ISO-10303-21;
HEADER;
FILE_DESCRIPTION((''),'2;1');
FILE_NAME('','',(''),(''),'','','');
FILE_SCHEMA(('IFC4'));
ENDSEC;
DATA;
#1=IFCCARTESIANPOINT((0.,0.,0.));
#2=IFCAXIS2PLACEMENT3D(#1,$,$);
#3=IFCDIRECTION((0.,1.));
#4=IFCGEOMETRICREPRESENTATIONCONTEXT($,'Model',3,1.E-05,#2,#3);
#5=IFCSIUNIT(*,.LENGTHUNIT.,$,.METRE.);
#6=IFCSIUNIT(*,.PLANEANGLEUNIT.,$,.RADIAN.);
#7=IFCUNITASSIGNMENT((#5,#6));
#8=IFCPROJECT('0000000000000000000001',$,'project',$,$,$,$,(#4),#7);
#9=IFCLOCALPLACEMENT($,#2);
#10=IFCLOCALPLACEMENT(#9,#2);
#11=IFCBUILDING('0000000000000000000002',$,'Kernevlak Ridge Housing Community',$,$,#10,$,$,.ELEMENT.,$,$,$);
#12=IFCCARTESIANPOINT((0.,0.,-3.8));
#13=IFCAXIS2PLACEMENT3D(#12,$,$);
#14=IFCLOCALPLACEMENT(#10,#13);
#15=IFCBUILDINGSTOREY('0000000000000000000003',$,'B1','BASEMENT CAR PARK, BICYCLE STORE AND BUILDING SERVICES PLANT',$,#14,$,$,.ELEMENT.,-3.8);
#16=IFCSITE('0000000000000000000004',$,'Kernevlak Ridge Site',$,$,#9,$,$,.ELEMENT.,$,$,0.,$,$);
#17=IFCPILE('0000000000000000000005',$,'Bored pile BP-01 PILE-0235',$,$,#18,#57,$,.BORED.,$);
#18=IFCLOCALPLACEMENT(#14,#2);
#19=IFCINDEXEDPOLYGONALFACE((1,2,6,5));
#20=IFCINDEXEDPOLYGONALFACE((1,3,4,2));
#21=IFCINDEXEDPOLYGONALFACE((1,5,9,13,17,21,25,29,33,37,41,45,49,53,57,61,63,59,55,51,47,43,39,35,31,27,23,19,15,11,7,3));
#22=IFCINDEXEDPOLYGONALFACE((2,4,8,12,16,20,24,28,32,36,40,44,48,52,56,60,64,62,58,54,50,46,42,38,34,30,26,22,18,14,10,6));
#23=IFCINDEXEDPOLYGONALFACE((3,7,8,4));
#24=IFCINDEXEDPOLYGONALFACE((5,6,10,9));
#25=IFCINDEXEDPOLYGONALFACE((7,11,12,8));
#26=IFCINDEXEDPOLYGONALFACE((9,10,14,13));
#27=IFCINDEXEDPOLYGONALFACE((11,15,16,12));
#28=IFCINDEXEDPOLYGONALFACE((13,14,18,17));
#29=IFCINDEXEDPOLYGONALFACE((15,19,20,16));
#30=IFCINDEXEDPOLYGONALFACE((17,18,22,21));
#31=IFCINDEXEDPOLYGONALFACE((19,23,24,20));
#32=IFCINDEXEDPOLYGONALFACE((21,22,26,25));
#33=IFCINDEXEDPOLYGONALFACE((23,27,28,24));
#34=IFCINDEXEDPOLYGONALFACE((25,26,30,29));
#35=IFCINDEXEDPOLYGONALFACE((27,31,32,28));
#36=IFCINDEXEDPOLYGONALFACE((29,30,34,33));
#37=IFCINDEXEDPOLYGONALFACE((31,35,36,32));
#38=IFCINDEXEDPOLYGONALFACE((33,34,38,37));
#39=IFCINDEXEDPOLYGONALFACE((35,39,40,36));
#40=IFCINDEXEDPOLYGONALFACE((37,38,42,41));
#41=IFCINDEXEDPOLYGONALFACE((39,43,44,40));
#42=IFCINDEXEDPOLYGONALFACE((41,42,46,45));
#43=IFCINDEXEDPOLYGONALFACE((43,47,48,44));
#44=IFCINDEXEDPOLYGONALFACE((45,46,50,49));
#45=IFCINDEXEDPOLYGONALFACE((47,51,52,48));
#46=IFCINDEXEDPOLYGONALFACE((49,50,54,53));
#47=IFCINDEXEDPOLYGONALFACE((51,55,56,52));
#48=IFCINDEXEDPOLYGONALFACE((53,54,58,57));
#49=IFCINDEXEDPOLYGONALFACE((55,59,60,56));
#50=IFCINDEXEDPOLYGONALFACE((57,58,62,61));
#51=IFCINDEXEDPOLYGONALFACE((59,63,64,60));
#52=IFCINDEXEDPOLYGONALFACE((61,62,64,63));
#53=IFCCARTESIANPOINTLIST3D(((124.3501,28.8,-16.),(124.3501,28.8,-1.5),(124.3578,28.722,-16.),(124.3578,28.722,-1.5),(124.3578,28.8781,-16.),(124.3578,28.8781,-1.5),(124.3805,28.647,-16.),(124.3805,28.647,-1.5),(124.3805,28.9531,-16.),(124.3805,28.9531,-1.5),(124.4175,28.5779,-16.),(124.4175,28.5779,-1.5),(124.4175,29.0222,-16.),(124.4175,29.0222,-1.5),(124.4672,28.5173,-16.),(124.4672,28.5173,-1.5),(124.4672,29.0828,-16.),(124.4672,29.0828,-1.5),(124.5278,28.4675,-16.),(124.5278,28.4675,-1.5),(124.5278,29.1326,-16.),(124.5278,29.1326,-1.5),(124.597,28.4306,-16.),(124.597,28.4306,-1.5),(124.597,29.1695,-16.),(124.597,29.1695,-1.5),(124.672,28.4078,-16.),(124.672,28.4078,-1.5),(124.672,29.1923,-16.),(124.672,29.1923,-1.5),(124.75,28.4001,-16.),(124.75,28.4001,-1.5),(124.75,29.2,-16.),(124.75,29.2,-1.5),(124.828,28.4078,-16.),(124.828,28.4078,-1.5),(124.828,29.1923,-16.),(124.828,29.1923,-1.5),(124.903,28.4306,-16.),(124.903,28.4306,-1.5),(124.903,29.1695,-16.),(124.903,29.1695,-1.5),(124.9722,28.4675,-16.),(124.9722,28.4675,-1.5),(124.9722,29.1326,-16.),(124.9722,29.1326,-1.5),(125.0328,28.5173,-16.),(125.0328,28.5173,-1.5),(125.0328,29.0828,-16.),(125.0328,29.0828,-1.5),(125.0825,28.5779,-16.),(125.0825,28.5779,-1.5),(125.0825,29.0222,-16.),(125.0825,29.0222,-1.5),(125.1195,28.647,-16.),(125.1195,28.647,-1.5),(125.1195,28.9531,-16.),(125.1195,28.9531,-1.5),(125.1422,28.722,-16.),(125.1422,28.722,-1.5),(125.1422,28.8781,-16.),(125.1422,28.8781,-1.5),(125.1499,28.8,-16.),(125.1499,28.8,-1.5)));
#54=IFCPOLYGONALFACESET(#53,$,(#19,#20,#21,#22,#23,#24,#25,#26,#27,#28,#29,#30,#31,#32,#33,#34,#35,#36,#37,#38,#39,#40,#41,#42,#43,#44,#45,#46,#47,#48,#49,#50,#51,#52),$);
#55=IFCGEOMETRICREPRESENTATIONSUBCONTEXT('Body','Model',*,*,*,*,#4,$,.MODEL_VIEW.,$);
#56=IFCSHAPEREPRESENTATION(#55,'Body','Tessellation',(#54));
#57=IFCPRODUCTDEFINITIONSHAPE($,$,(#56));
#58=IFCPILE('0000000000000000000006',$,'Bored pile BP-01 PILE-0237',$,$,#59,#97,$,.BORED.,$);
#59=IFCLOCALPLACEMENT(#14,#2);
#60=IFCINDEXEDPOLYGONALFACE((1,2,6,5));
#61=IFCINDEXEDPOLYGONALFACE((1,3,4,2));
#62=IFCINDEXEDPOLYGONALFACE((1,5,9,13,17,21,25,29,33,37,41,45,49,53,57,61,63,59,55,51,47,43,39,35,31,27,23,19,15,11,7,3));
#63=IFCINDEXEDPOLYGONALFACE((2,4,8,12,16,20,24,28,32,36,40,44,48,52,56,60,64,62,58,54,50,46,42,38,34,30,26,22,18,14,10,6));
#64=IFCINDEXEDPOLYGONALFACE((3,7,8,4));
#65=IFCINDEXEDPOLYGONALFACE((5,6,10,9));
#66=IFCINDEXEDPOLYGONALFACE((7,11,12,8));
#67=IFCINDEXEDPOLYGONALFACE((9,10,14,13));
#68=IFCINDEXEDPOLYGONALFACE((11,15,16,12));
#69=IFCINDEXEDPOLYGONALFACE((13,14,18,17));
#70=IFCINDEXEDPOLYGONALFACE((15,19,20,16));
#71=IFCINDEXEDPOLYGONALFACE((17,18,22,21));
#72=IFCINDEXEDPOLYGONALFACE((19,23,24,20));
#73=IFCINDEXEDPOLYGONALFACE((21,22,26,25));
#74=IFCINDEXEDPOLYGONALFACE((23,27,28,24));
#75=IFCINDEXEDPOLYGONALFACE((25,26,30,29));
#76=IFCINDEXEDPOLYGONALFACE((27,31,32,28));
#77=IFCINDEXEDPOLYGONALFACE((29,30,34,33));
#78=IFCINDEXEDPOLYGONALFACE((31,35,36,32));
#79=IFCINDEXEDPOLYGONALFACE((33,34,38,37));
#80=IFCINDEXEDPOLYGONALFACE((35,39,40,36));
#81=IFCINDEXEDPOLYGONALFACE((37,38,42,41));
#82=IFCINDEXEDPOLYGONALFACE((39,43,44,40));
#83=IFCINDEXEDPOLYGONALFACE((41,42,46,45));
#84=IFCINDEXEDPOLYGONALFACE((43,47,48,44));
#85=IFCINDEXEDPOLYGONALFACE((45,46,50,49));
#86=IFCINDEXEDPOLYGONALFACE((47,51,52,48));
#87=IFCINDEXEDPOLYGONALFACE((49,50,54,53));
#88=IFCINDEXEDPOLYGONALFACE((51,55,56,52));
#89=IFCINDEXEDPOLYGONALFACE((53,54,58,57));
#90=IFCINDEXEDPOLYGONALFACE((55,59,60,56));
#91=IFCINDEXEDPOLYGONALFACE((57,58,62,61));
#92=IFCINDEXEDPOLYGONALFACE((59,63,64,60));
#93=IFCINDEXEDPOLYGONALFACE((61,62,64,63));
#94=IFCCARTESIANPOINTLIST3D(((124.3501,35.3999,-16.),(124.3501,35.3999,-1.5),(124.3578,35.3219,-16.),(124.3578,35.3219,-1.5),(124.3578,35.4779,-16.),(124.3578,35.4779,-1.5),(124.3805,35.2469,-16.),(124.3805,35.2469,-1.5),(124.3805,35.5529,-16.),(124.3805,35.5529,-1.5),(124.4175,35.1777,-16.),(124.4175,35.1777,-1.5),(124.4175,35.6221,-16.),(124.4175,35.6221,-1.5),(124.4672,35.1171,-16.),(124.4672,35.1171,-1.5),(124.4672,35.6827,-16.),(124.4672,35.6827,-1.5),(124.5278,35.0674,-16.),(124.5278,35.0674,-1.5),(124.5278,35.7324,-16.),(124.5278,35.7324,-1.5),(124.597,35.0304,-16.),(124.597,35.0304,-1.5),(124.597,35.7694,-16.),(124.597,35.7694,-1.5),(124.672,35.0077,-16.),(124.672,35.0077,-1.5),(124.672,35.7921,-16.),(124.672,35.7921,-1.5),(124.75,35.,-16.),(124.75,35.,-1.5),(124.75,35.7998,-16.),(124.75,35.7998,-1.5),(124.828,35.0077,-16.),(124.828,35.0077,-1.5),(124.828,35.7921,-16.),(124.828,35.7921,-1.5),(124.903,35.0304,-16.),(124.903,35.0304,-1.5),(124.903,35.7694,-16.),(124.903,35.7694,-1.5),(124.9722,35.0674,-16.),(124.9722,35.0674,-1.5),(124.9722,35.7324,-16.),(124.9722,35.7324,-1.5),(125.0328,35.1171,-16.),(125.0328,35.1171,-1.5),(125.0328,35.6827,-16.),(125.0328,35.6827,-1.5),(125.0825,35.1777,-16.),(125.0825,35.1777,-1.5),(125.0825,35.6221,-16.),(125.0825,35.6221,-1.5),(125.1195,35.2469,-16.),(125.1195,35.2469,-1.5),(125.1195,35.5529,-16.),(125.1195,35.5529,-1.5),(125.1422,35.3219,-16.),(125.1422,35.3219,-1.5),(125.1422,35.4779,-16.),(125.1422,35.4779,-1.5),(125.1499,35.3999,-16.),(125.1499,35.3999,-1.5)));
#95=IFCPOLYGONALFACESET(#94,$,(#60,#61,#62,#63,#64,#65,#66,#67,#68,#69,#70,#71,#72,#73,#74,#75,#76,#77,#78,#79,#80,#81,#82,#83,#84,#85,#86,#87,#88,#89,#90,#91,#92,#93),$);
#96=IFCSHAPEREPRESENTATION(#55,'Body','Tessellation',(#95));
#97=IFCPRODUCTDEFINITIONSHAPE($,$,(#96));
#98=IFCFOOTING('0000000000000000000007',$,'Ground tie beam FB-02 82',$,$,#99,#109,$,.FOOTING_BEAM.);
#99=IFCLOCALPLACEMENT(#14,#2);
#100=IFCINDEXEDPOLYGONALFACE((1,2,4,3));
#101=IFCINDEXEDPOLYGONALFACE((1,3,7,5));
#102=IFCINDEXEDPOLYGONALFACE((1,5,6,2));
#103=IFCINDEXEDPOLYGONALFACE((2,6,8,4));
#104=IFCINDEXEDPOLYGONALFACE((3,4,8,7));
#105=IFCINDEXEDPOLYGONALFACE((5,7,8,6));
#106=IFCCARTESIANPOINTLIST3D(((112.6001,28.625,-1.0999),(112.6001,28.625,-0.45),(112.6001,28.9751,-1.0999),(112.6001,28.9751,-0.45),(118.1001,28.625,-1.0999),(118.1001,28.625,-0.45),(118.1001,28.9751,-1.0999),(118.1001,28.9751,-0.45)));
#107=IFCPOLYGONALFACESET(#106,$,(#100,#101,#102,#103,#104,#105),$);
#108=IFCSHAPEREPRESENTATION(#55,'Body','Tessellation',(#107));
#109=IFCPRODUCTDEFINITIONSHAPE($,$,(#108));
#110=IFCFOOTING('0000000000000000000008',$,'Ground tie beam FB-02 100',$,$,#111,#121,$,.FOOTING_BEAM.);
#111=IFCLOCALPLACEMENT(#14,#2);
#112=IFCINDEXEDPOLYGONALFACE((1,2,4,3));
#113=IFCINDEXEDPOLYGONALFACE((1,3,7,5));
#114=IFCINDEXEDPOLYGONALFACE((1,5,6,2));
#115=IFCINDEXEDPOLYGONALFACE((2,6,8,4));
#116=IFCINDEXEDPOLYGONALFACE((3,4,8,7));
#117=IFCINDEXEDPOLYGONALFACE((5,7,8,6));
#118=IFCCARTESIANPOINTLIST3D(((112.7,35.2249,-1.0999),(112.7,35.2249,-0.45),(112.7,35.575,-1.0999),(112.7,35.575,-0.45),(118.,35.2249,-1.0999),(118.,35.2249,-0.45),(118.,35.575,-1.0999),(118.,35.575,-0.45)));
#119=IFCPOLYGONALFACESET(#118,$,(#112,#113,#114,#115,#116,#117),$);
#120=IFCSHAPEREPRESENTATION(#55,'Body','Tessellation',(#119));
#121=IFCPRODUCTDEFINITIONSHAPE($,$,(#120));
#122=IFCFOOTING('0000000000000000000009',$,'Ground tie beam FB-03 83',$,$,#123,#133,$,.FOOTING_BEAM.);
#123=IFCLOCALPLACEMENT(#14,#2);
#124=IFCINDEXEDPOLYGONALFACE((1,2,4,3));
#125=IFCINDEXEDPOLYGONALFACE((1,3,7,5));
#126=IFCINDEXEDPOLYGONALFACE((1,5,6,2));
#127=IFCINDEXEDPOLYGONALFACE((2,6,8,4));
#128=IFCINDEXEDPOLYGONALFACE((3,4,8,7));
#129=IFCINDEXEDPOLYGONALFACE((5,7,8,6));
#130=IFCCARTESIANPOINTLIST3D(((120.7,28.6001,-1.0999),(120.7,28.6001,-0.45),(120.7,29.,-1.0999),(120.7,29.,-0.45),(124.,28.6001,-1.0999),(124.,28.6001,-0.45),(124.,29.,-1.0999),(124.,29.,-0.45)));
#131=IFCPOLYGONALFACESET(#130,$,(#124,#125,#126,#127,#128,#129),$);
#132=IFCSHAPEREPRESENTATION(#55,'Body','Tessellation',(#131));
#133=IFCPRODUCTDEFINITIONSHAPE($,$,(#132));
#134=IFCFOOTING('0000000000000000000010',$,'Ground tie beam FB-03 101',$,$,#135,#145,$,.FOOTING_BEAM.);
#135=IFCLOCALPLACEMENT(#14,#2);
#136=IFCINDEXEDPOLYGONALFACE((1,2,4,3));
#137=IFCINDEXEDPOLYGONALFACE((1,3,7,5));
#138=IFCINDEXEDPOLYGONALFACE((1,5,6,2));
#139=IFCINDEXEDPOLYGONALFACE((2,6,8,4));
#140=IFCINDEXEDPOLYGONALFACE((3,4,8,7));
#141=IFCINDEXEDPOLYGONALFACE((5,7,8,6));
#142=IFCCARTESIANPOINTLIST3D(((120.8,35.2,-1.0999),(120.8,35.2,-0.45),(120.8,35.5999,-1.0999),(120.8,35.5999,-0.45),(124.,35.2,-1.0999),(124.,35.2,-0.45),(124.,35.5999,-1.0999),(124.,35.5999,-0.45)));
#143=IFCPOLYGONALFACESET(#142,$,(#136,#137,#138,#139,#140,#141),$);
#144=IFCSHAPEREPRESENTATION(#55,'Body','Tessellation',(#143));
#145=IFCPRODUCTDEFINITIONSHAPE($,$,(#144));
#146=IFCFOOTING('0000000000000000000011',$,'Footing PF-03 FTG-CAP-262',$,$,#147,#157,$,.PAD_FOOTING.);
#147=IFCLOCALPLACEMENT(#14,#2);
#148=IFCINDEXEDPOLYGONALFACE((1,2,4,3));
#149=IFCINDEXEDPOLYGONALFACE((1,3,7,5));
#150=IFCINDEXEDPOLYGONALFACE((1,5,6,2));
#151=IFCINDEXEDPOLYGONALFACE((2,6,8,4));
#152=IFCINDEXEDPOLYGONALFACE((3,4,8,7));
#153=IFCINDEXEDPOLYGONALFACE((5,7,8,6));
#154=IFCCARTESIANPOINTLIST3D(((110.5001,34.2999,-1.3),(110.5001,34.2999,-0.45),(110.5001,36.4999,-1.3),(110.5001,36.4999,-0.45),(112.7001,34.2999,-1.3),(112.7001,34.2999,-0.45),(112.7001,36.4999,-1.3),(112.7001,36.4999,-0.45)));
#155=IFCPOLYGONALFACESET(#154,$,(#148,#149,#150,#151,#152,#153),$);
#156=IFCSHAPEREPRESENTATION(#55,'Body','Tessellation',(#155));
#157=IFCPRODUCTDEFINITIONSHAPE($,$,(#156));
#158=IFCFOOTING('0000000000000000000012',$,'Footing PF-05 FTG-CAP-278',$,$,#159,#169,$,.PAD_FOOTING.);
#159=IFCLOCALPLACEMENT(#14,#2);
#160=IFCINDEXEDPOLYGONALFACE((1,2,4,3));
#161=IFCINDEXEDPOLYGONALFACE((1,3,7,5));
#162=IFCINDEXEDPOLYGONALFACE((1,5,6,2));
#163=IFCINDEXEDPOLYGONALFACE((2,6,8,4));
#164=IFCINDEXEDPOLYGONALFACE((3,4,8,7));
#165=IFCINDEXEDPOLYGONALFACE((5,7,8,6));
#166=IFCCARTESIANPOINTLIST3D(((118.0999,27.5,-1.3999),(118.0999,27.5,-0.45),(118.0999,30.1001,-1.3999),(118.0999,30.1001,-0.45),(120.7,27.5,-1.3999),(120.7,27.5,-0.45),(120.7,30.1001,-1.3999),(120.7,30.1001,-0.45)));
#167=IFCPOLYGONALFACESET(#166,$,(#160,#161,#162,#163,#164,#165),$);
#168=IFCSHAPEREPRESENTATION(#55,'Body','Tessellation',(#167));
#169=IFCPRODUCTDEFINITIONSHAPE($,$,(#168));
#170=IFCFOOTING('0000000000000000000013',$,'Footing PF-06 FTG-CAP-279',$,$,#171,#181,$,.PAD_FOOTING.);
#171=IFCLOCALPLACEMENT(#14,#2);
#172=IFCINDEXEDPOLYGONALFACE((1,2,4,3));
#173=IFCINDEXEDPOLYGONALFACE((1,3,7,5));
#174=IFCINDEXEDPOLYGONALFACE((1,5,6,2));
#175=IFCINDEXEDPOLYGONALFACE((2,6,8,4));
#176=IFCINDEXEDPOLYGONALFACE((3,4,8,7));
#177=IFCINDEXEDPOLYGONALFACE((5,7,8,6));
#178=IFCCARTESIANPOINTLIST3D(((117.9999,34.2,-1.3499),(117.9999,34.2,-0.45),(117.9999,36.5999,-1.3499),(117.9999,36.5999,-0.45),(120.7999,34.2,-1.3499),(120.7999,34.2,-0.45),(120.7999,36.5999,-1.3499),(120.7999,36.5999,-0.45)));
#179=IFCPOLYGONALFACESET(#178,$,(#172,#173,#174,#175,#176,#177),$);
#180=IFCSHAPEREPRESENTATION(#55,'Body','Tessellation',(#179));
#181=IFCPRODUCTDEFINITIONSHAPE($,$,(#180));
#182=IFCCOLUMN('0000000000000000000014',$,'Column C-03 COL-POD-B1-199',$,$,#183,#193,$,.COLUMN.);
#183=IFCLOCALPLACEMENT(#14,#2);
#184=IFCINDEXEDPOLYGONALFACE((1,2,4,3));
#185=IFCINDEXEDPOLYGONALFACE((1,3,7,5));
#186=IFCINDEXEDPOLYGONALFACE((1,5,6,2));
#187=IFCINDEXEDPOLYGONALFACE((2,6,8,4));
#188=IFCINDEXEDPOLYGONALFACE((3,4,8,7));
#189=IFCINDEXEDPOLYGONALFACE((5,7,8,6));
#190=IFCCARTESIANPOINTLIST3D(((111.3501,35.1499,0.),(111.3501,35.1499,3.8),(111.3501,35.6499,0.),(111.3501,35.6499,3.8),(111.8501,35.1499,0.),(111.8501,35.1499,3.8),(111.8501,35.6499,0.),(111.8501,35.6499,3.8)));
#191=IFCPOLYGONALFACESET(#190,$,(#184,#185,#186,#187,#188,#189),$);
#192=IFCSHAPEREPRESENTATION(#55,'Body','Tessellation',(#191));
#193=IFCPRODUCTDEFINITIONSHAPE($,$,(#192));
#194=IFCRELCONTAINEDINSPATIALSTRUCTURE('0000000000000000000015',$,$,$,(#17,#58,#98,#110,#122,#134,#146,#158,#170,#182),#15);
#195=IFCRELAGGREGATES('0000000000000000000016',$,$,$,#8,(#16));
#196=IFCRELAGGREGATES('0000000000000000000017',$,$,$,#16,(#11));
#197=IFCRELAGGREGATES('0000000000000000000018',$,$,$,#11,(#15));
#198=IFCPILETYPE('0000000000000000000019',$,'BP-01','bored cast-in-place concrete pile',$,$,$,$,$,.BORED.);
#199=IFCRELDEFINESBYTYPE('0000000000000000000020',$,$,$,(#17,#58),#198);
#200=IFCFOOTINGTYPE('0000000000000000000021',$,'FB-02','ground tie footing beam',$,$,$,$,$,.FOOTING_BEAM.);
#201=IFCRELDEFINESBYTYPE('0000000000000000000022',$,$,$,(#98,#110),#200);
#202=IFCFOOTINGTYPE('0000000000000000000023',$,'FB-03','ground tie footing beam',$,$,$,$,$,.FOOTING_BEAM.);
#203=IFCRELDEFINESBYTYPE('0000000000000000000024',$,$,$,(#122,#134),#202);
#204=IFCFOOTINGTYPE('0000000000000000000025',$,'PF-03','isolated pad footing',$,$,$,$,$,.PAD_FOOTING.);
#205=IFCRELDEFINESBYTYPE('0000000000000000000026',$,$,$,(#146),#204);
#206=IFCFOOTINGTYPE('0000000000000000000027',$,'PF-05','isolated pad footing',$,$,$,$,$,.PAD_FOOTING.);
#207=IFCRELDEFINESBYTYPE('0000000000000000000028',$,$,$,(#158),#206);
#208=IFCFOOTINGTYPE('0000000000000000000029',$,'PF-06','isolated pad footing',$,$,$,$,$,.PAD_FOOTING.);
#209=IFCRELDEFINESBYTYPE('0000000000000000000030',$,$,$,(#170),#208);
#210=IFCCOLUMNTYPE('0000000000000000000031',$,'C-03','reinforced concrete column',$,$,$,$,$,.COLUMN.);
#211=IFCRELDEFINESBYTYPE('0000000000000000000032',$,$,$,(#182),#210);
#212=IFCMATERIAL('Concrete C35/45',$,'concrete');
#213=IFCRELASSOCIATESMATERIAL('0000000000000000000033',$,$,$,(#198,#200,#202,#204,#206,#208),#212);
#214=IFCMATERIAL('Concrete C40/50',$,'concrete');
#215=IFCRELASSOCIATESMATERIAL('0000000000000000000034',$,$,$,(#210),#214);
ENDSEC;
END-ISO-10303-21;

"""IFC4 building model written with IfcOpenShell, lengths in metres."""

from ifc_helpers import new_model, si_unit, direction, frame, origin, origin_2d, place, context, subcontext, project, spatial, rectangle, circle, extrude, material, material_profile, profile_set, type_object, element, save


model = new_model("IFC4")

# Units and contexts
model_context = context("Model", 3, precision=1e-05, world=origin(), true_north=direction((0.0, 1.0)))
body_context = subcontext(model_context, "Body", "Model", "MODEL_VIEW")
ifc_project = project(units=[si_unit("LENGTHUNIT", "METRE"), si_unit("PLANEANGLEUNIT", "RADIAN")], contexts=[model_context])

# Site, building, storey
site_placement = place(None, origin())
site = spatial("IfcSite", under=ifc_project, at=site_placement, Name="Kernevlak Ridge Site", CompositionType="ELEMENT", RefElevation=0.0)
building_placement = place(site_placement, origin())
building = spatial("IfcBuilding", under=site, at=building_placement, Name="Kernevlak Ridge Housing Community", CompositionType="ELEMENT")
storey_placement = place(building_placement, frame((0.0, 0.0, -3.8)))
storey = spatial("IfcBuildingStorey", under=building, at=storey_placement, Name="B1", Description="BASEMENT CAR PARK, BICYCLE STORE AND BUILDING SERVICES PLANT", CompositionType="ELEMENT", Elevation=-3.8)

# Piles
ifc_material_1 = material(Name="Concrete C35/45", Category="concrete")
ifc_material_profile_1 = material_profile(ifc_material_1, circle(Radius=0.3999, at=origin_2d()), Name="BORED PILE 800")
ifc_profile_set_1 = profile_set([ifc_material_profile_1], Name="Concrete C35/45")
pile_type = type_object("IfcPileType", Name="BP-01", Description="bored cast-in-place concrete pile", PredefinedType="BORED", material=ifc_profile_set_1)
for number, where, z_axis, x_axis, name in (
    (1, (124.75, 28.8, -1.5), (0.0, 0.0, -1.0), (1.0, 0.0, 0.0), "Bored pile BP-01 PILE-0235"),
    (2, (124.75, 35.3999, -1.5), (0.0, 0.0, -1.0), (1.0, 0.0, 0.0), "Bored pile BP-01 PILE-0237"),
):
    element("IfcPile", number, at=place(storey_placement, frame(where, z_axis=z_axis, x_axis=x_axis)), inside=storey, type_object=pile_type, Name=name, PredefinedType="BORED", context=body_context, shape_type="SweptSolid", body=[
        extrude(circle(Radius=0.3999, at=origin_2d()), origin(), (0.0, 0.0, 1.0), 14.5),
    ])

# Footings
ifc_material_profile_2 = material_profile(ifc_material_1, rectangle(XDim=0.3501, YDim=0.6499, at=origin_2d()), Name="RC 350x650")
ifc_profile_set_2 = profile_set([ifc_material_profile_2], Name="Concrete C35/45")
footing_type_1 = type_object("IfcFootingType", Name="FB-02", Description="ground tie footing beam", PredefinedType="FOOTING_BEAM", material=ifc_profile_set_2)
footing_1_placement = place(storey_placement, frame((112.6001, 28.8, -0.7749), z_axis=(1.0, 0.0, 0.0), x_axis=(0.0, 1.0, 0.0)))
element("IfcFooting", 3, at=footing_1_placement, inside=storey, type_object=footing_type_1, Name="Ground tie beam FB-02 82", PredefinedType="FOOTING_BEAM", context=body_context, shape_type="SweptSolid", body=[
    extrude(rectangle(XDim=0.3501, YDim=0.6499, at=origin_2d()), origin(), (0.0, 0.0, 1.0), 5.5),
])
footing_2_placement = place(storey_placement, frame((112.7, 35.3999, -0.7749), z_axis=(1.0, 0.0, 0.0), x_axis=(0.0, 1.0, 0.0)))
element("IfcFooting", 4, at=footing_2_placement, inside=storey, type_object=footing_type_1, Name="Ground tie beam FB-02 100", PredefinedType="FOOTING_BEAM", context=body_context, shape_type="SweptSolid", body=[
    extrude(rectangle(XDim=0.3501, YDim=0.6499, at=origin_2d()), origin(), (0.0, 0.0, 1.0), 5.3),
])
ifc_material_profile_3 = material_profile(ifc_material_1, rectangle(XDim=0.3999, YDim=0.6499, at=origin_2d()), Name="RC 400x650")
ifc_profile_set_3 = profile_set([ifc_material_profile_3], Name="Concrete C35/45")
footing_type_2 = type_object("IfcFootingType", Name="FB-03", Description="ground tie footing beam", PredefinedType="FOOTING_BEAM", material=ifc_profile_set_3)
footing_3_placement = place(storey_placement, frame((120.7, 28.8, -0.7749), z_axis=(1.0, 0.0, 0.0), x_axis=(0.0, 1.0, 0.0)))
element("IfcFooting", 5, at=footing_3_placement, inside=storey, type_object=footing_type_2, Name="Ground tie beam FB-03 83", PredefinedType="FOOTING_BEAM", context=body_context, shape_type="SweptSolid", body=[
    extrude(rectangle(XDim=0.3999, YDim=0.6499, at=origin_2d()), origin(), (0.0, 0.0, 1.0), 3.3),
])
footing_4_placement = place(storey_placement, frame((120.8, 35.3999, -0.7749), z_axis=(1.0, 0.0, 0.0), x_axis=(0.0, 1.0, 0.0)))
element("IfcFooting", 6, at=footing_4_placement, inside=storey, type_object=footing_type_2, Name="Ground tie beam FB-03 101", PredefinedType="FOOTING_BEAM", context=body_context, shape_type="SweptSolid", body=[
    extrude(rectangle(XDim=0.3999, YDim=0.6499, at=origin_2d()), origin(), (0.0, 0.0, 1.0), 3.2),
])
footing_type_3 = type_object("IfcFootingType", Name="PF-03", Description="isolated pad footing", PredefinedType="PAD_FOOTING", material=ifc_material_1)
footing_5_placement = place(storey_placement, frame((111.6001, 35.3999, -1.3), z_axis=(0.0, 0.0, 1.0), x_axis=(1.0, 0.0, 0.0)))
element("IfcFooting", 7, at=footing_5_placement, inside=storey, type_object=footing_type_3, Name="Footing PF-03 FTG-CAP-262", PredefinedType="PAD_FOOTING", context=body_context, shape_type="SweptSolid", body=[
    extrude(rectangle(XDim=2.2, YDim=2.2, at=origin_2d()), origin(), (0.0, 0.0, 1.0), 0.8501),
])
footing_type_4 = type_object("IfcFootingType", Name="PF-05", Description="isolated pad footing", PredefinedType="PAD_FOOTING", material=ifc_material_1)
footing_6_placement = place(storey_placement, frame((119.3999, 28.8, -1.3999), z_axis=(0.0, 0.0, 1.0), x_axis=(1.0, 0.0, 0.0)))
element("IfcFooting", 8, at=footing_6_placement, inside=storey, type_object=footing_type_4, Name="Footing PF-05 FTG-CAP-278", PredefinedType="PAD_FOOTING", context=body_context, shape_type="SweptSolid", body=[
    extrude(rectangle(XDim=2.6001, YDim=2.6001, at=origin_2d()), origin(), (0.0, 0.0, 1.0), 0.95),
])
footing_type_5 = type_object("IfcFootingType", Name="PF-06", Description="isolated pad footing", PredefinedType="PAD_FOOTING", material=ifc_material_1)
footing_7_placement = place(storey_placement, frame((119.3999, 35.3999, -1.3499), z_axis=(0.0, 0.0, 1.0), x_axis=(1.0, 0.0, 0.0)))
element("IfcFooting", 9, at=footing_7_placement, inside=storey, type_object=footing_type_5, Name="Footing PF-06 FTG-CAP-279", PredefinedType="PAD_FOOTING", context=body_context, shape_type="SweptSolid", body=[
    extrude(rectangle(XDim=2.8, YDim=2.3999, at=origin_2d()), origin(), (0.0, 0.0, 1.0), 0.8999),
])

# Column
ifc_material_2 = material(Name="Concrete C40/50", Category="concrete")
ifc_material_profile_4 = material_profile(ifc_material_2, rectangle(XDim=0.5, YDim=0.5, at=origin_2d()), Name="RC 500x500")
ifc_profile_set_4 = profile_set([ifc_material_profile_4], Name="Concrete C40/50")
column_type = type_object("IfcColumnType", Name="C-03", Description="reinforced concrete column", PredefinedType="COLUMN", material=ifc_profile_set_4)
for number, where, z_axis, x_axis, name in (
    (10, (111.6001, 35.3999, 0.0), (0.0, 0.0, 1.0), (1.0, 0.0, 0.0), "Column C-03 COL-POD-B1-199"),
):
    element("IfcColumn", number, at=place(storey_placement, frame(where, z_axis=z_axis, x_axis=x_axis)), inside=storey, type_object=column_type, Name=name, PredefinedType="COLUMN", context=body_context, shape_type="SweptSolid", body=[
        extrude(rectangle(XDim=0.5, YDim=0.5, at=origin_2d()), origin(), (0.0, 0.0, 1.0), 3.8),
    ])

save(model, "model.ifc")
